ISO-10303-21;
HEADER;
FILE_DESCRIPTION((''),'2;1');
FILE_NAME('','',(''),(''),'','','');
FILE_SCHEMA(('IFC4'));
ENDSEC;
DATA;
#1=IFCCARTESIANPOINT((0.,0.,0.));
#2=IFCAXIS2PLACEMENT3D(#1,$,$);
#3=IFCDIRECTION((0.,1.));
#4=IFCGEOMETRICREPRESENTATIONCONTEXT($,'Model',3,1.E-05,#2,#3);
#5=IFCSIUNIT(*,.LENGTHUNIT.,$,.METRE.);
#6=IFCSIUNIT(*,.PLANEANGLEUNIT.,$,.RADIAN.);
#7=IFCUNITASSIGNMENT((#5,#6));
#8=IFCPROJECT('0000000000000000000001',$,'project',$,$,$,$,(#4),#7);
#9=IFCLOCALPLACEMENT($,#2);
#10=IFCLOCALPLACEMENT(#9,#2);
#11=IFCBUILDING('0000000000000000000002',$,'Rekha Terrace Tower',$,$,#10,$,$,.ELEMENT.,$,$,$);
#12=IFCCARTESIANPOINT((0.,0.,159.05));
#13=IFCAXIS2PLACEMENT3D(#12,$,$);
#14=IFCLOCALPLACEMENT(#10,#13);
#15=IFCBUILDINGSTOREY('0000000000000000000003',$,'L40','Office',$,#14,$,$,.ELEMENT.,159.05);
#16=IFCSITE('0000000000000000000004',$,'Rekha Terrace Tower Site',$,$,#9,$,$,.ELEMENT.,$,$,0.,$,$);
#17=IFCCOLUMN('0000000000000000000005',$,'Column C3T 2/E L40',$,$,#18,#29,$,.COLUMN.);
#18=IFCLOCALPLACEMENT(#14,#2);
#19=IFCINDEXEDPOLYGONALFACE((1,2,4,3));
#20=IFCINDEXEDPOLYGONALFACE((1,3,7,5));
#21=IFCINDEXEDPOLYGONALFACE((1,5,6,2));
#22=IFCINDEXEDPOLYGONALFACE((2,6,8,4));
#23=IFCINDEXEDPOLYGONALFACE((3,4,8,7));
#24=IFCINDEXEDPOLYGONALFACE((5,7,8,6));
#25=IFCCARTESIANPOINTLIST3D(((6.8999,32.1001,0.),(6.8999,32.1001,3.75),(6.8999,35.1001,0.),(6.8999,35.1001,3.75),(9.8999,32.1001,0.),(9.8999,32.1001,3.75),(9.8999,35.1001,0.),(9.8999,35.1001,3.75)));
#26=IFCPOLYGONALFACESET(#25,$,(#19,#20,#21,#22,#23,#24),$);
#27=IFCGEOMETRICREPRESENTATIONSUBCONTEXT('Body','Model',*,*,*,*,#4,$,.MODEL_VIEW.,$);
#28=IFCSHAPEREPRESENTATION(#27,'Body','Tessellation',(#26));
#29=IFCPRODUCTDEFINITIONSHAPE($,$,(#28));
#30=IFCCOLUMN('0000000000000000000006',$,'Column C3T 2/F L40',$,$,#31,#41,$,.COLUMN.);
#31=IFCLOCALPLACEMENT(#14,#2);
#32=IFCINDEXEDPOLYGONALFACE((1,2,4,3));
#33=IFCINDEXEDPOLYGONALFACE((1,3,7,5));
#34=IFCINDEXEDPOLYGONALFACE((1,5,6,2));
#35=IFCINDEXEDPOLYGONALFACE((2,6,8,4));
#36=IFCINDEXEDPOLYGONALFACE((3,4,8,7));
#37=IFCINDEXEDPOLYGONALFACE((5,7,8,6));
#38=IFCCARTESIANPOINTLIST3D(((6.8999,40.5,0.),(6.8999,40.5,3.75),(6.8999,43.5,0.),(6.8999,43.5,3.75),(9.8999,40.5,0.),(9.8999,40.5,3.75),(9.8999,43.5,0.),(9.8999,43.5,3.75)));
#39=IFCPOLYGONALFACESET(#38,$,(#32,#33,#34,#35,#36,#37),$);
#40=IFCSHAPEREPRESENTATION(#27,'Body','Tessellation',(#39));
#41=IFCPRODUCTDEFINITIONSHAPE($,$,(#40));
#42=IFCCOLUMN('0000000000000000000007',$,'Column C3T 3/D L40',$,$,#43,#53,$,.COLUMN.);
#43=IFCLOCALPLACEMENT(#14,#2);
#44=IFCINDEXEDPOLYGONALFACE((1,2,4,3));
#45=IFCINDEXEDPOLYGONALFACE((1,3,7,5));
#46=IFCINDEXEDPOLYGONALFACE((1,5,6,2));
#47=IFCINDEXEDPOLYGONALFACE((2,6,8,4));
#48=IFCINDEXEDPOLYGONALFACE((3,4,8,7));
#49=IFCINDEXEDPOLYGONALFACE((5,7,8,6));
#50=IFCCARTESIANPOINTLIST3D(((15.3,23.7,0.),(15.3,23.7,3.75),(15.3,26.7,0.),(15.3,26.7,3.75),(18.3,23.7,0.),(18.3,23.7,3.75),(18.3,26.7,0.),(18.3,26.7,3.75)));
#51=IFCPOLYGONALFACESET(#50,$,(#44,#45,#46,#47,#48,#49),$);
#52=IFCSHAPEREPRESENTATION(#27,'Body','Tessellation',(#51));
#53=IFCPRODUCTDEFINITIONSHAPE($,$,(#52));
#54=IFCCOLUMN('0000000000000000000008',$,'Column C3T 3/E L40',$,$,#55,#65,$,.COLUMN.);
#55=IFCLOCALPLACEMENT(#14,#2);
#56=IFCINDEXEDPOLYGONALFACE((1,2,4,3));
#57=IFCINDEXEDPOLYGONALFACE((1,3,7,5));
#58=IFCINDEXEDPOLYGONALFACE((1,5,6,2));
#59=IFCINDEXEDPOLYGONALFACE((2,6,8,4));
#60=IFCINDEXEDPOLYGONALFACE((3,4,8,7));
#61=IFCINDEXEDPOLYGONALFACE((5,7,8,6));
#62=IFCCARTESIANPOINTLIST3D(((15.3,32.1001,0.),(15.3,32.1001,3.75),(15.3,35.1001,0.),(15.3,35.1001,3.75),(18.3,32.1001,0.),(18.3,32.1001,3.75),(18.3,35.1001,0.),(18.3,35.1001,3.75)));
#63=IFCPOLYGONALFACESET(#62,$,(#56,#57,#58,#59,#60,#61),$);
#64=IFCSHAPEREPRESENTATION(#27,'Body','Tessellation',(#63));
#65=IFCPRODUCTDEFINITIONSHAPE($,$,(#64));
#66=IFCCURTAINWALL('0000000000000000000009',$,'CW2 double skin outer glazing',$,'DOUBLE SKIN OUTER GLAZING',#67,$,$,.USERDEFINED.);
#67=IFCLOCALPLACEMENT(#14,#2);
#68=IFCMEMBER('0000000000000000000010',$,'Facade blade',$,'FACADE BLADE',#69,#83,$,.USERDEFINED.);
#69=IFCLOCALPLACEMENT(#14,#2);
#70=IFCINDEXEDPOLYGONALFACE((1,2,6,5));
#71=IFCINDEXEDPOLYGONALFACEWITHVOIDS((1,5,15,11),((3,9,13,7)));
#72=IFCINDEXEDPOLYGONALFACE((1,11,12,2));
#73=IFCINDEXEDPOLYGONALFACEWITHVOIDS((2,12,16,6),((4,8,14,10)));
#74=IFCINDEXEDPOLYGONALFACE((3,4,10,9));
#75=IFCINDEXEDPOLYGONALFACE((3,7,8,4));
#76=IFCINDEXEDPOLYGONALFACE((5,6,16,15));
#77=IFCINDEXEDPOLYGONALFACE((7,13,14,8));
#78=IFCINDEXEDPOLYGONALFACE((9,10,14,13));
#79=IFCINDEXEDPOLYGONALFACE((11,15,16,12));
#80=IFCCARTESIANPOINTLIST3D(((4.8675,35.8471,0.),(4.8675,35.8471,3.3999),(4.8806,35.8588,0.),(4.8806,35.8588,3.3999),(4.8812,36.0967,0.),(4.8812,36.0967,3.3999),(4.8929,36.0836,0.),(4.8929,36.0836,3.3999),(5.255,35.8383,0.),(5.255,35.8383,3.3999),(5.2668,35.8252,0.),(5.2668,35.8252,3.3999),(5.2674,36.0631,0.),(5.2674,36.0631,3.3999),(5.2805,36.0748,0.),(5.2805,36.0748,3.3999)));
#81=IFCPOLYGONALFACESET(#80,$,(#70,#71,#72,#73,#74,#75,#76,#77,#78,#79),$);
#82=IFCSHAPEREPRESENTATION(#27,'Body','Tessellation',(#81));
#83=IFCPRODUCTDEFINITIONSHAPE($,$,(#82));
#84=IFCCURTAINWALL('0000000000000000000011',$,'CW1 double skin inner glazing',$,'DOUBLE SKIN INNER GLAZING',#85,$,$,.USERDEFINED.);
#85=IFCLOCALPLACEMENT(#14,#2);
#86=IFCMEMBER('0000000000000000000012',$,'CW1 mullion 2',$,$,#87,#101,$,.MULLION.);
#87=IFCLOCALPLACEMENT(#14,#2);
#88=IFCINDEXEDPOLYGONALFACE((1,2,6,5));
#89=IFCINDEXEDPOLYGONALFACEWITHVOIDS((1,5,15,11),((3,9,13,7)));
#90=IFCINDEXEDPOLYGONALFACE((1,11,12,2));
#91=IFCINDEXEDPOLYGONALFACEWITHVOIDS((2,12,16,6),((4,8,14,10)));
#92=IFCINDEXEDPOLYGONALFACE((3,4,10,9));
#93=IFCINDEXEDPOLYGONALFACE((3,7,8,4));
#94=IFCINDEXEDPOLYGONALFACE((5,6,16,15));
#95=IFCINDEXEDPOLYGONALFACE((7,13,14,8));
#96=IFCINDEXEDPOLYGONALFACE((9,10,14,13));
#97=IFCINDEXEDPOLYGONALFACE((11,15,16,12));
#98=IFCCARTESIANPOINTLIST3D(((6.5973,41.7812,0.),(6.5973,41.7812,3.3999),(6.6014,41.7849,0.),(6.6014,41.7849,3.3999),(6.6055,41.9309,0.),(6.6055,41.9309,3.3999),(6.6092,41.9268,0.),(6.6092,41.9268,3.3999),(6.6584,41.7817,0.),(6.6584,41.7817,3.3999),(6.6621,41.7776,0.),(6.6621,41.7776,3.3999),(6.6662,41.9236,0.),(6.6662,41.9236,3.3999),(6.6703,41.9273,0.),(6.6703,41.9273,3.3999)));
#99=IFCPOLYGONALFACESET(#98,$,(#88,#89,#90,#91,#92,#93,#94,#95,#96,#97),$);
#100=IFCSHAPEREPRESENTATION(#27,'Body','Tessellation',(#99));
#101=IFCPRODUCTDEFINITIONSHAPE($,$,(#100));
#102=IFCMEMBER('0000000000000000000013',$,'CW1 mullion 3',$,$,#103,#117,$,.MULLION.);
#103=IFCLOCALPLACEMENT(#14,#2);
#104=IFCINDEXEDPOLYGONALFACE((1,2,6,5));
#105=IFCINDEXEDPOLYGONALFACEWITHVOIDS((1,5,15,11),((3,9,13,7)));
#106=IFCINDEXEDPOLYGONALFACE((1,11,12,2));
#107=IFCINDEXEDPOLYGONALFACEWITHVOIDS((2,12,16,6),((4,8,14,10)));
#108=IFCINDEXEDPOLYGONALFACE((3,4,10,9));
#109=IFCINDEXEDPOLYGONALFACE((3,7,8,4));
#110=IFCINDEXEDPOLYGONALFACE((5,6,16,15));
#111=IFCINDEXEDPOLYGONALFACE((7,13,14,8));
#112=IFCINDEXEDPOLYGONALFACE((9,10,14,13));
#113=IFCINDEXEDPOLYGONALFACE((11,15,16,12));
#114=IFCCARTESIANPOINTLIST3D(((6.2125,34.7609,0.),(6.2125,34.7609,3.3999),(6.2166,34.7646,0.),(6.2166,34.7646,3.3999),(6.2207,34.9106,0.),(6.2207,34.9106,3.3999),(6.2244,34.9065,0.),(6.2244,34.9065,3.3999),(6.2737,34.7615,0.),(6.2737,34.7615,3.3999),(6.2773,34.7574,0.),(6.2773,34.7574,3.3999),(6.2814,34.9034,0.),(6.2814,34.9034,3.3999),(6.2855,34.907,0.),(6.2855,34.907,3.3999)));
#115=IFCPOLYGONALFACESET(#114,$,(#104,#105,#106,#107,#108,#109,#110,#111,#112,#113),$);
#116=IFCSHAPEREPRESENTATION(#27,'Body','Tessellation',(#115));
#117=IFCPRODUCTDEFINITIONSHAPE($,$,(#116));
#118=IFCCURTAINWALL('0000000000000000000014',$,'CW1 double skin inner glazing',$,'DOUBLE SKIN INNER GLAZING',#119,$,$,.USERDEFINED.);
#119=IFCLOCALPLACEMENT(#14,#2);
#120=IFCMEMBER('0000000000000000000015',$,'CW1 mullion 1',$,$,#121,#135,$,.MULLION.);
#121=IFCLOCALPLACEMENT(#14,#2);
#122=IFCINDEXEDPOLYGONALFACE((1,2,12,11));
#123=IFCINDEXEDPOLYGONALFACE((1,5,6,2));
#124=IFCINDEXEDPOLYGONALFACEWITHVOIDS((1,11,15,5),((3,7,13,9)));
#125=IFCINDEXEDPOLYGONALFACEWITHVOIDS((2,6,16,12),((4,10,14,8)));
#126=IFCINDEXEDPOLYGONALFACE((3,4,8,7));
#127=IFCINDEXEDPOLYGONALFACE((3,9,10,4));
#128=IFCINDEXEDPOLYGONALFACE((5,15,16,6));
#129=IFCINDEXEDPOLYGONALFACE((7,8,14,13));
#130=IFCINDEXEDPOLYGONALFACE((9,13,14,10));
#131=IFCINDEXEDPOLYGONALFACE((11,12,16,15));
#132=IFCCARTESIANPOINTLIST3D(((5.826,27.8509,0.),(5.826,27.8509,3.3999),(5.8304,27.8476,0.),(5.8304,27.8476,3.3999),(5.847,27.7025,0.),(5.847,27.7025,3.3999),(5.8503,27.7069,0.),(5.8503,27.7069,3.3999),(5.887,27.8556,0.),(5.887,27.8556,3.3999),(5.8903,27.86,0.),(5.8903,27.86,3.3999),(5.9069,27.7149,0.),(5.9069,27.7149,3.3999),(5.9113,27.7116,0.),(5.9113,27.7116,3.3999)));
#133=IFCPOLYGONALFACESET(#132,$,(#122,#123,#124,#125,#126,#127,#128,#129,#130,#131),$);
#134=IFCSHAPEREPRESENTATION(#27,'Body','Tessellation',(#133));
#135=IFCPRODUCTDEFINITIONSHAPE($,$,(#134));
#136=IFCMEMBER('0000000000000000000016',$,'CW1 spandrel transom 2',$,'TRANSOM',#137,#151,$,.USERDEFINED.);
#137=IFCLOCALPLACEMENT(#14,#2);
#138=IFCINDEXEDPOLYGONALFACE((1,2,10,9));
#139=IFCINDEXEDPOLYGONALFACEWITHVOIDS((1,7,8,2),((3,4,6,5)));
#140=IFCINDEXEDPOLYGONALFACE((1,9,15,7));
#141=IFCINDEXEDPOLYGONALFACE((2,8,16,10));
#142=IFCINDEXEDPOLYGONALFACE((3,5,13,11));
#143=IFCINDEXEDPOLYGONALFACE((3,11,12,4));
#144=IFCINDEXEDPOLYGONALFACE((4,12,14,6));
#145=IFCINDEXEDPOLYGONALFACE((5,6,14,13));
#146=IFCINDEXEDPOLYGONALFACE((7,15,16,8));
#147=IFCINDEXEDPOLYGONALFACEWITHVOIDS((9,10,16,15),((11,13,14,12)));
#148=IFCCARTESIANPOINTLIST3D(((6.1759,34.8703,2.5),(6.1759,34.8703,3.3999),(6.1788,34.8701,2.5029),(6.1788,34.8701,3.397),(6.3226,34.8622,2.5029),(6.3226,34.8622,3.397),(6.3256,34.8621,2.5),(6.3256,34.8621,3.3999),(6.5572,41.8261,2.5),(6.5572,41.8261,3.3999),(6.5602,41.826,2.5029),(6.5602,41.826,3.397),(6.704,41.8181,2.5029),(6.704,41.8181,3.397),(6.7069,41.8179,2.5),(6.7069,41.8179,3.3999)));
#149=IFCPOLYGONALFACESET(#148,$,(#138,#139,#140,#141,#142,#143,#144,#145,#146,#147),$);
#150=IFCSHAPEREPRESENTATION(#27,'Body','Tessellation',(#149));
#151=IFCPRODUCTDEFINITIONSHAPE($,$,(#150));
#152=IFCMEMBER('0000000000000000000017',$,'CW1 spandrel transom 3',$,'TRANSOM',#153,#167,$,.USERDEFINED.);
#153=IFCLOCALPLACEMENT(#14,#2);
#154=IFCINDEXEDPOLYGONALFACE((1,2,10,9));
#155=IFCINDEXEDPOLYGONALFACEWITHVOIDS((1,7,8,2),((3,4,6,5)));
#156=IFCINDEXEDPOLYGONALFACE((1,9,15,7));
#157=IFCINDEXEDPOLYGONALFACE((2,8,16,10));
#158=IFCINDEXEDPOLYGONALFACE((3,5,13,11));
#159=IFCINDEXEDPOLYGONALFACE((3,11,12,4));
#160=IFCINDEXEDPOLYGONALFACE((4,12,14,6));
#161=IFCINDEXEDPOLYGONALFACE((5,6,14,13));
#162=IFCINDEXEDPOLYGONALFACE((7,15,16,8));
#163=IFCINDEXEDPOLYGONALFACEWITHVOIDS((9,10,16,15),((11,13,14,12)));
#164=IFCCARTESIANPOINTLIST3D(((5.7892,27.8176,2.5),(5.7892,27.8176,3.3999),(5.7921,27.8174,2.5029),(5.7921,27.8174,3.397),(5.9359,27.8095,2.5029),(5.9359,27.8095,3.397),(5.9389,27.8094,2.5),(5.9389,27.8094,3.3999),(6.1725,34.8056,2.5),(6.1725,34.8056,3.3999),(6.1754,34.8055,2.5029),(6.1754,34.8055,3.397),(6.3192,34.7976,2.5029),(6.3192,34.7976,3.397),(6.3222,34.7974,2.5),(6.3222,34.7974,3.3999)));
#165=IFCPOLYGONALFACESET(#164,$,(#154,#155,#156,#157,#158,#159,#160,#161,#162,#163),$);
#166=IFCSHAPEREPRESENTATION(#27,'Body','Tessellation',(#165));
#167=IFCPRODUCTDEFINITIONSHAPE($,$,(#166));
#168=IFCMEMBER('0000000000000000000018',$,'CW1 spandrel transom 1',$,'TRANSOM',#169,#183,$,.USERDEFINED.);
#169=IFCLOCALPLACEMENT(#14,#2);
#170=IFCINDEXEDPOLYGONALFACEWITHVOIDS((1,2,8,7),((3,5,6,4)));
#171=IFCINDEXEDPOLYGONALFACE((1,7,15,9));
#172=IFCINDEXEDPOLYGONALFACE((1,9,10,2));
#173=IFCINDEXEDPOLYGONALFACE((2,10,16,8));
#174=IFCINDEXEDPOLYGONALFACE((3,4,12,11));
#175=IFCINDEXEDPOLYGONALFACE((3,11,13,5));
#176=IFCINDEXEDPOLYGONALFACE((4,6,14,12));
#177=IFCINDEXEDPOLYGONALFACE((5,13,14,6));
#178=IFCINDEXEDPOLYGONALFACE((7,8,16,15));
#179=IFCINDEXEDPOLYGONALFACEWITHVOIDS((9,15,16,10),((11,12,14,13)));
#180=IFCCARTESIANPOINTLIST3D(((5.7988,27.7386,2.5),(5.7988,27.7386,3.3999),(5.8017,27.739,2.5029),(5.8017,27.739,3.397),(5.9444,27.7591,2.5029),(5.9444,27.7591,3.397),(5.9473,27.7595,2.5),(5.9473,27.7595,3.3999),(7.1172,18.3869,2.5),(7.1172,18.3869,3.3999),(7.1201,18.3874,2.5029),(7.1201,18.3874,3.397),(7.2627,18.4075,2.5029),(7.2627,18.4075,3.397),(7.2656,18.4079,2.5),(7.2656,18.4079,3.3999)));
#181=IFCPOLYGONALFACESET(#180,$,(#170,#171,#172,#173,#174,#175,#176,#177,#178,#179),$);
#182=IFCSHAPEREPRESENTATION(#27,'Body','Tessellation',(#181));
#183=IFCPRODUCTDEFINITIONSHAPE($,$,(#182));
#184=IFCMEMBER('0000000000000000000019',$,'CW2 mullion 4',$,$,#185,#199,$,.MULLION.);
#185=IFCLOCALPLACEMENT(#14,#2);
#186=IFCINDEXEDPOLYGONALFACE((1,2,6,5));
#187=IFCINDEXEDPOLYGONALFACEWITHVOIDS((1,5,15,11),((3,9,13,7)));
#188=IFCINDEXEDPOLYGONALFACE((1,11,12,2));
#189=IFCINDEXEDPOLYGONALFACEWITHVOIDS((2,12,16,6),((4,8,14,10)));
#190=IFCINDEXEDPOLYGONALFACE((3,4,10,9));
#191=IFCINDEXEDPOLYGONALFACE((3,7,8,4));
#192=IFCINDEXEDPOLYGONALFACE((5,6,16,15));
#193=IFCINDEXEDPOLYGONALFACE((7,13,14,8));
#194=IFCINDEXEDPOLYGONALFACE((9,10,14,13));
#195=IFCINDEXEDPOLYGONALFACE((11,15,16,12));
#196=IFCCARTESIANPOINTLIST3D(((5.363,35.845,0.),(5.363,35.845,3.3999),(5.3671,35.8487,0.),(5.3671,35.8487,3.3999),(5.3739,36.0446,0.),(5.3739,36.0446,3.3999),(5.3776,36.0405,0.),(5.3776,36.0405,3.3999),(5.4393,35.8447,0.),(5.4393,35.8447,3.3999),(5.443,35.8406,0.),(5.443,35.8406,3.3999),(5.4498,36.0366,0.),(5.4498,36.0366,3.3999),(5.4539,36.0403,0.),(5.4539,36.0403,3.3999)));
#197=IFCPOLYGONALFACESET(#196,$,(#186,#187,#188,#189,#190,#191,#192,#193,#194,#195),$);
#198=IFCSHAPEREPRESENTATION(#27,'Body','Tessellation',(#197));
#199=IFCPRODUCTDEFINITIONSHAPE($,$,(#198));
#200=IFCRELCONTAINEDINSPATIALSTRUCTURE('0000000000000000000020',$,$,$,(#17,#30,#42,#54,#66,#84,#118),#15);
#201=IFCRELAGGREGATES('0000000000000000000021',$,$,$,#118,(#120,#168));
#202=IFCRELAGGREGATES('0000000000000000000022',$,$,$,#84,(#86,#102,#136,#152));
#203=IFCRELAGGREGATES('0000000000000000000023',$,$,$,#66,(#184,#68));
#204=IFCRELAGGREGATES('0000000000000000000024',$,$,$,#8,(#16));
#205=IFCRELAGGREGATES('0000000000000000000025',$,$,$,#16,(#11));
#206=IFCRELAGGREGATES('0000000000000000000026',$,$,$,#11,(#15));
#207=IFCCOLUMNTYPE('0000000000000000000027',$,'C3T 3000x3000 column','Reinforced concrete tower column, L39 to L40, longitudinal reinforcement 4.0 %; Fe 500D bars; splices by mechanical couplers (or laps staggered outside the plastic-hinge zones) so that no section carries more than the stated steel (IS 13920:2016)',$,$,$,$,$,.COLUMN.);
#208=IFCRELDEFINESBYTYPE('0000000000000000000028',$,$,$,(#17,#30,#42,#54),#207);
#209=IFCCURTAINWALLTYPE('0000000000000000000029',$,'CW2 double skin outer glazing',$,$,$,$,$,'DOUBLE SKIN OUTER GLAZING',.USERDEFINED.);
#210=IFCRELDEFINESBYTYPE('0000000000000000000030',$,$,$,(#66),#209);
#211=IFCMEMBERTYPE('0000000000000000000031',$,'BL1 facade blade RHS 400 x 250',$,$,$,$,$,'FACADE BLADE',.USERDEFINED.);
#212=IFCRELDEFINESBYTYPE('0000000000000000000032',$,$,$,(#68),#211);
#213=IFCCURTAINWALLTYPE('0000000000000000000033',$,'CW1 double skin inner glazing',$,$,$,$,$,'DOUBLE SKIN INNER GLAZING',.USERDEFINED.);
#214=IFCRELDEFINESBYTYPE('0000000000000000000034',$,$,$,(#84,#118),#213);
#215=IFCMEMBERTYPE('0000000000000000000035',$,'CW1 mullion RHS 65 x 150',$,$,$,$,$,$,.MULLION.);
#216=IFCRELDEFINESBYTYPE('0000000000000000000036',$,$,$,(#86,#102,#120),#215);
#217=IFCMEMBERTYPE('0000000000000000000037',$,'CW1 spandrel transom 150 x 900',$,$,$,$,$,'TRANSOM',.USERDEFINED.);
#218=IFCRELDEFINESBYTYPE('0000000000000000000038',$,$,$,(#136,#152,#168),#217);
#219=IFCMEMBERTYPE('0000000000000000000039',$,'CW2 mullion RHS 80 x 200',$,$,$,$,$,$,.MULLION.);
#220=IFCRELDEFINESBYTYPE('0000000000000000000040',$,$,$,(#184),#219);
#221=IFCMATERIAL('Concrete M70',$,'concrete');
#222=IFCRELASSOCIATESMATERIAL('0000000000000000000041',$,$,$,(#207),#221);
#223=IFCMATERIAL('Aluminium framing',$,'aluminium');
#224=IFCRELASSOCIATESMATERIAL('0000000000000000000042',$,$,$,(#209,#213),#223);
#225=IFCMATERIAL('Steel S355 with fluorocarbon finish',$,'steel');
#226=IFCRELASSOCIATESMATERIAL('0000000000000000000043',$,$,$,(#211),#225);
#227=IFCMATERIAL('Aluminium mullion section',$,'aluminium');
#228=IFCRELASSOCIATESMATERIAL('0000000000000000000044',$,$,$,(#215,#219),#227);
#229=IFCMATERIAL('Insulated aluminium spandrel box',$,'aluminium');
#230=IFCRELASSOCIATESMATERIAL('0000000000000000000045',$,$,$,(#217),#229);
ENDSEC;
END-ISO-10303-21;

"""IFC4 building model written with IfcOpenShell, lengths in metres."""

from ifc_helpers import new_model, si_unit, direction, frame, origin, origin_2d, place, context, subcontext, project, spatial, rectangle, hollow_rectangle, extrude, material, material_profile, profile_set, type_object, element, aggregate, save


model = new_model("IFC4")

# Units and contexts
model_context = context("Model", 3, precision=1e-05, world=origin(), true_north=direction((0.0, 1.0)))
body_context = subcontext(model_context, "Body", "Model", "MODEL_VIEW")
ifc_project = project(units=[si_unit("LENGTHUNIT", "METRE"), si_unit("PLANEANGLEUNIT", "RADIAN")], contexts=[model_context])

# Site, building, storey
site_placement = place(None, origin())
site = spatial("IfcSite", under=ifc_project, at=site_placement, Name="Rekha Terrace Tower Site", CompositionType="ELEMENT", RefElevation=0.0)
building_placement = place(site_placement, origin())
building = spatial("IfcBuilding", under=site, at=building_placement, Name="Rekha Terrace Tower", CompositionType="ELEMENT")
storey_placement = place(building_placement, frame((0.0, 0.0, 159.05)))
storey = spatial("IfcBuildingStorey", under=building, at=storey_placement, Name="L40", Description="Office", CompositionType="ELEMENT", Elevation=159.05)

# Columns
ifc_material_1 = material(Name="Concrete M70", Category="concrete")
ifc_material_profile_1 = material_profile(ifc_material_1, rectangle(XDim=3.0, YDim=3.0, at=origin_2d()), Name="RC 3000x3000")
ifc_profile_set_1 = profile_set([ifc_material_profile_1], Name="Concrete M70")
column_type = type_object("IfcColumnType", Name="C3T 3000x3000 column", Description="Reinforced concrete tower column, L39 to L40, longitudinal reinforcement 4.0 %; Fe 500D bars; splices by mechanical couplers (or laps staggered outside the plastic-hinge zones) so that no section carries more than the stated steel (IS 13920:2016)", PredefinedType="COLUMN", material=ifc_profile_set_1)
for number, where, z_axis, x_axis, name in (
    (1, (8.3999, 33.6001, 0.0), (0.0, 0.0, 1.0), (1.0, 0.0, 0.0), "Column C3T 2/E L40"),
    (2, (8.3999, 42.0, 0.0), (0.0, 0.0, 1.0), (1.0, 0.0, 0.0), "Column C3T 2/F L40"),
    (3, (16.8, 25.2, 0.0), (0.0, 0.0, 1.0), (1.0, 0.0, 0.0), "Column C3T 3/D L40"),
    (4, (16.8, 33.6001, 0.0), (0.0, 0.0, 1.0), (1.0, 0.0, 0.0), "Column C3T 3/E L40"),
):
    element("IfcColumn", number, at=place(storey_placement, frame(where, z_axis=z_axis, x_axis=x_axis)), inside=storey, type_object=column_type, Name=name, PredefinedType="COLUMN", context=body_context, shape_type="SweptSolid", body=[
        extrude(rectangle(XDim=3.0, YDim=3.0, at=origin_2d()), origin(), (0.0, 0.0, 1.0), 3.75),
    ])

# Curtain wall, member
ifc_material_2 = material(Name="Aluminium framing", Category="aluminium")
curtain_wall_type_1 = type_object("IfcCurtainWallType", Name="CW2 double skin outer glazing", ElementType="DOUBLE SKIN OUTER GLAZING", PredefinedType="USERDEFINED", material=ifc_material_2)
curtain_wall_1_placement = place(storey_placement, origin())
curtain_wall_1 = element("IfcCurtainWall", 5, at=curtain_wall_1_placement, inside=storey, type_object=curtain_wall_type_1, Name="CW2 double skin outer glazing", ObjectType="DOUBLE SKIN OUTER GLAZING", PredefinedType="USERDEFINED")
ifc_material_3 = material(Name="Steel S355 with fluorocarbon finish", Category="steel")
ifc_material_profile_2 = material_profile(ifc_material_3, hollow_rectangle(XDim=0.25, YDim=0.3999, WallThickness=0.0125, at=origin_2d()), Name="RHS400x250x12.5")
ifc_profile_set_2 = profile_set([ifc_material_profile_2], Name="Steel S355 with fluorocarbon finish")
member_type_1 = type_object("IfcMemberType", Name="BL1 facade blade RHS 400 x 250", ElementType="FACADE BLADE", PredefinedType="USERDEFINED", material=ifc_profile_set_2)
member_1_placement = place(storey_placement, frame((5.074, 35.9609, 0.0), z_axis=(0.0, 0.0, 1.0), x_axis=(-0.054743, -0.9985, 0.0)))
member_1 = element("IfcMember", 6, at=member_1_placement, type_object=member_type_1, Name="Facade blade", ObjectType="FACADE BLADE", PredefinedType="USERDEFINED", context=body_context, shape_type="SweptSolid", body=[
    extrude(hollow_rectangle(XDim=0.25, YDim=0.3999, WallThickness=0.0125, at=origin_2d()), origin(), (0.0, 0.0, 1.0), 3.3999),
])

# Curtain wall, members
curtain_wall_type_2 = type_object("IfcCurtainWallType", Name="CW1 double skin inner glazing", ElementType="DOUBLE SKIN INNER GLAZING", PredefinedType="USERDEFINED", material=ifc_material_2)
curtain_wall_2_placement = place(storey_placement, origin())
curtain_wall_2 = element("IfcCurtainWall", 7, at=curtain_wall_2_placement, inside=storey, type_object=curtain_wall_type_2, Name="CW1 double skin inner glazing", ObjectType="DOUBLE SKIN INNER GLAZING", PredefinedType="USERDEFINED")
ifc_material_4 = material(Name="Aluminium mullion section", Category="aluminium")
ifc_material_profile_3 = material_profile(ifc_material_4, hollow_rectangle(XDim=0.0649, YDim=0.1499, WallThickness=0.0039, at=origin_2d()), Name="AL RHS 65x150")
ifc_profile_set_3 = profile_set([ifc_material_profile_3], Name="Aluminium mullion section")
member_type_2 = type_object("IfcMemberType", Name="CW1 mullion RHS 65 x 150", PredefinedType="MULLION", material=ifc_profile_set_3)
member_2_placement = place(storey_placement, frame((6.6338, 41.8542, 0.0), z_axis=(0.0, 0.0, 1.0), x_axis=(0.998501, -0.054742, 0.0)))
member_2 = element("IfcMember", 8, at=member_2_placement, type_object=member_type_2, Name="CW1 mullion 2", PredefinedType="MULLION", context=body_context, shape_type="SweptSolid", body=[
    extrude(hollow_rectangle(XDim=0.0649, YDim=0.1499, WallThickness=0.0039, at=origin_2d()), origin(), (0.0, 0.0, 1.0), 3.3999),
])
member_3_placement = place(storey_placement, frame((6.249, 34.834, 0.0), z_axis=(0.0, 0.0, 1.0), x_axis=(0.998501, -0.054742, 0.0)))
member_3 = element("IfcMember", 9, at=member_3_placement, type_object=member_type_2, Name="CW1 mullion 3", PredefinedType="MULLION", context=body_context, shape_type="SweptSolid", body=[
    extrude(hollow_rectangle(XDim=0.0649, YDim=0.1499, WallThickness=0.0039, at=origin_2d()), origin(), (0.0, 0.0, 1.0), 3.3999),
])

# Curtain wall, member
curtain_wall_3_placement = place(storey_placement, origin())
curtain_wall_3 = element("IfcCurtainWall", 10, at=curtain_wall_3_placement, inside=storey, type_object=curtain_wall_type_2, Name="CW1 double skin inner glazing", ObjectType="DOUBLE SKIN INNER GLAZING", PredefinedType="USERDEFINED")
member_4_placement = place(storey_placement, frame((5.8687, 27.7812, 0.0), z_axis=(0.0, 0.0, 1.0), x_axis=(0.990208, 0.139597, 0.0)))
member_4 = element("IfcMember", 11, at=member_4_placement, type_object=member_type_2, Name="CW1 mullion 1", PredefinedType="MULLION", context=body_context, shape_type="SweptSolid", body=[
    extrude(hollow_rectangle(XDim=0.0649, YDim=0.1499, WallThickness=0.0039, at=origin_2d()), origin(), (0.0, 0.0, 1.0), 3.3999),
])

# Members
ifc_material_5 = material(Name="Insulated aluminium spandrel box", Category="aluminium")
ifc_material_profile_4 = material_profile(ifc_material_5, hollow_rectangle(XDim=0.1499, YDim=0.8999, WallThickness=0.0029, at=origin_2d()), Name="AL SPANDREL BOX 150x900")
ifc_profile_set_4 = profile_set([ifc_material_profile_4], Name="Insulated aluminium spandrel box")
member_type_3 = type_object("IfcMemberType", Name="CW1 spandrel transom 150 x 900", ElementType="TRANSOM", PredefinedType="USERDEFINED", material=ifc_profile_set_4)
member_5_placement = place(storey_placement, frame((6.6321, 41.822, 2.95), z_axis=(-0.054742, -0.998501, 0.0), x_axis=(0.998501, -0.054742, 0.0)))
member_5 = element("IfcMember", 12, at=member_5_placement, type_object=member_type_3, Name="CW1 spandrel transom 2", ObjectType="TRANSOM", PredefinedType="USERDEFINED", context=body_context, shape_type="SweptSolid", body=[
    extrude(hollow_rectangle(XDim=0.1499, YDim=0.8999, WallThickness=0.0029, at=origin_2d()), origin(), (0.0, 0.0, 1.0), 6.9663),
])
member_6_placement = place(storey_placement, frame((6.2473, 34.8015, 2.95), z_axis=(-0.054769, -0.998499, 0.0), x_axis=(0.998499, -0.054769, 0.0)))
member_6 = element("IfcMember", 13, at=member_6_placement, type_object=member_type_3, Name="CW1 spandrel transom 3", ObjectType="TRANSOM", PredefinedType="USERDEFINED", context=body_context, shape_type="SweptSolid", body=[
    extrude(hollow_rectangle(XDim=0.1499, YDim=0.8999, WallThickness=0.0029, at=origin_2d()), origin(), (0.0, 0.0, 1.0), 6.9985),
])
member_7_placement = place(storey_placement, frame((5.873, 27.749, 2.95), z_axis=(0.139597, -0.990208, 0.0), x_axis=(0.990208, 0.139597, 0.0)))
member_7 = element("IfcMember", 14, at=member_7_placement, type_object=member_type_3, Name="CW1 spandrel transom 1", ObjectType="TRANSOM", PredefinedType="USERDEFINED", context=body_context, shape_type="SweptSolid", body=[
    extrude(hollow_rectangle(XDim=0.1499, YDim=0.8999, WallThickness=0.0029, at=origin_2d()), origin(), (0.0, 0.0, 1.0), 9.4441),
])
aggregate(curtain_wall_3, [member_4, member_7])
ifc_material_profile_5 = material_profile(ifc_material_4, hollow_rectangle(XDim=0.0801, YDim=0.2, WallThickness=0.0039, at=origin_2d()), Name="AL RHS 80x200")
ifc_profile_set_5 = profile_set([ifc_material_profile_5], Name="Aluminium mullion section")
member_type_4 = type_object("IfcMemberType", Name="CW2 mullion RHS 80 x 200", PredefinedType="MULLION", material=ifc_profile_set_5)
member_8_placement = place(storey_placement, frame((5.4084, 35.9426, 0.0), z_axis=(0.0, 0.0, 1.0), x_axis=(0.998501, -0.054742, 0.0)))
member_8 = element("IfcMember", 15, at=member_8_placement, type_object=member_type_4, Name="CW2 mullion 4", PredefinedType="MULLION", context=body_context, shape_type="SweptSolid", body=[
    extrude(hollow_rectangle(XDim=0.0801, YDim=0.2, WallThickness=0.0039, at=origin_2d()), origin(), (0.0, 0.0, 1.0), 3.3999),
])

aggregate(curtain_wall_2, [member_2, member_3, member_5, member_6])
aggregate(curtain_wall_1, [member_8, member_1])

save(model, "model.ifc")
